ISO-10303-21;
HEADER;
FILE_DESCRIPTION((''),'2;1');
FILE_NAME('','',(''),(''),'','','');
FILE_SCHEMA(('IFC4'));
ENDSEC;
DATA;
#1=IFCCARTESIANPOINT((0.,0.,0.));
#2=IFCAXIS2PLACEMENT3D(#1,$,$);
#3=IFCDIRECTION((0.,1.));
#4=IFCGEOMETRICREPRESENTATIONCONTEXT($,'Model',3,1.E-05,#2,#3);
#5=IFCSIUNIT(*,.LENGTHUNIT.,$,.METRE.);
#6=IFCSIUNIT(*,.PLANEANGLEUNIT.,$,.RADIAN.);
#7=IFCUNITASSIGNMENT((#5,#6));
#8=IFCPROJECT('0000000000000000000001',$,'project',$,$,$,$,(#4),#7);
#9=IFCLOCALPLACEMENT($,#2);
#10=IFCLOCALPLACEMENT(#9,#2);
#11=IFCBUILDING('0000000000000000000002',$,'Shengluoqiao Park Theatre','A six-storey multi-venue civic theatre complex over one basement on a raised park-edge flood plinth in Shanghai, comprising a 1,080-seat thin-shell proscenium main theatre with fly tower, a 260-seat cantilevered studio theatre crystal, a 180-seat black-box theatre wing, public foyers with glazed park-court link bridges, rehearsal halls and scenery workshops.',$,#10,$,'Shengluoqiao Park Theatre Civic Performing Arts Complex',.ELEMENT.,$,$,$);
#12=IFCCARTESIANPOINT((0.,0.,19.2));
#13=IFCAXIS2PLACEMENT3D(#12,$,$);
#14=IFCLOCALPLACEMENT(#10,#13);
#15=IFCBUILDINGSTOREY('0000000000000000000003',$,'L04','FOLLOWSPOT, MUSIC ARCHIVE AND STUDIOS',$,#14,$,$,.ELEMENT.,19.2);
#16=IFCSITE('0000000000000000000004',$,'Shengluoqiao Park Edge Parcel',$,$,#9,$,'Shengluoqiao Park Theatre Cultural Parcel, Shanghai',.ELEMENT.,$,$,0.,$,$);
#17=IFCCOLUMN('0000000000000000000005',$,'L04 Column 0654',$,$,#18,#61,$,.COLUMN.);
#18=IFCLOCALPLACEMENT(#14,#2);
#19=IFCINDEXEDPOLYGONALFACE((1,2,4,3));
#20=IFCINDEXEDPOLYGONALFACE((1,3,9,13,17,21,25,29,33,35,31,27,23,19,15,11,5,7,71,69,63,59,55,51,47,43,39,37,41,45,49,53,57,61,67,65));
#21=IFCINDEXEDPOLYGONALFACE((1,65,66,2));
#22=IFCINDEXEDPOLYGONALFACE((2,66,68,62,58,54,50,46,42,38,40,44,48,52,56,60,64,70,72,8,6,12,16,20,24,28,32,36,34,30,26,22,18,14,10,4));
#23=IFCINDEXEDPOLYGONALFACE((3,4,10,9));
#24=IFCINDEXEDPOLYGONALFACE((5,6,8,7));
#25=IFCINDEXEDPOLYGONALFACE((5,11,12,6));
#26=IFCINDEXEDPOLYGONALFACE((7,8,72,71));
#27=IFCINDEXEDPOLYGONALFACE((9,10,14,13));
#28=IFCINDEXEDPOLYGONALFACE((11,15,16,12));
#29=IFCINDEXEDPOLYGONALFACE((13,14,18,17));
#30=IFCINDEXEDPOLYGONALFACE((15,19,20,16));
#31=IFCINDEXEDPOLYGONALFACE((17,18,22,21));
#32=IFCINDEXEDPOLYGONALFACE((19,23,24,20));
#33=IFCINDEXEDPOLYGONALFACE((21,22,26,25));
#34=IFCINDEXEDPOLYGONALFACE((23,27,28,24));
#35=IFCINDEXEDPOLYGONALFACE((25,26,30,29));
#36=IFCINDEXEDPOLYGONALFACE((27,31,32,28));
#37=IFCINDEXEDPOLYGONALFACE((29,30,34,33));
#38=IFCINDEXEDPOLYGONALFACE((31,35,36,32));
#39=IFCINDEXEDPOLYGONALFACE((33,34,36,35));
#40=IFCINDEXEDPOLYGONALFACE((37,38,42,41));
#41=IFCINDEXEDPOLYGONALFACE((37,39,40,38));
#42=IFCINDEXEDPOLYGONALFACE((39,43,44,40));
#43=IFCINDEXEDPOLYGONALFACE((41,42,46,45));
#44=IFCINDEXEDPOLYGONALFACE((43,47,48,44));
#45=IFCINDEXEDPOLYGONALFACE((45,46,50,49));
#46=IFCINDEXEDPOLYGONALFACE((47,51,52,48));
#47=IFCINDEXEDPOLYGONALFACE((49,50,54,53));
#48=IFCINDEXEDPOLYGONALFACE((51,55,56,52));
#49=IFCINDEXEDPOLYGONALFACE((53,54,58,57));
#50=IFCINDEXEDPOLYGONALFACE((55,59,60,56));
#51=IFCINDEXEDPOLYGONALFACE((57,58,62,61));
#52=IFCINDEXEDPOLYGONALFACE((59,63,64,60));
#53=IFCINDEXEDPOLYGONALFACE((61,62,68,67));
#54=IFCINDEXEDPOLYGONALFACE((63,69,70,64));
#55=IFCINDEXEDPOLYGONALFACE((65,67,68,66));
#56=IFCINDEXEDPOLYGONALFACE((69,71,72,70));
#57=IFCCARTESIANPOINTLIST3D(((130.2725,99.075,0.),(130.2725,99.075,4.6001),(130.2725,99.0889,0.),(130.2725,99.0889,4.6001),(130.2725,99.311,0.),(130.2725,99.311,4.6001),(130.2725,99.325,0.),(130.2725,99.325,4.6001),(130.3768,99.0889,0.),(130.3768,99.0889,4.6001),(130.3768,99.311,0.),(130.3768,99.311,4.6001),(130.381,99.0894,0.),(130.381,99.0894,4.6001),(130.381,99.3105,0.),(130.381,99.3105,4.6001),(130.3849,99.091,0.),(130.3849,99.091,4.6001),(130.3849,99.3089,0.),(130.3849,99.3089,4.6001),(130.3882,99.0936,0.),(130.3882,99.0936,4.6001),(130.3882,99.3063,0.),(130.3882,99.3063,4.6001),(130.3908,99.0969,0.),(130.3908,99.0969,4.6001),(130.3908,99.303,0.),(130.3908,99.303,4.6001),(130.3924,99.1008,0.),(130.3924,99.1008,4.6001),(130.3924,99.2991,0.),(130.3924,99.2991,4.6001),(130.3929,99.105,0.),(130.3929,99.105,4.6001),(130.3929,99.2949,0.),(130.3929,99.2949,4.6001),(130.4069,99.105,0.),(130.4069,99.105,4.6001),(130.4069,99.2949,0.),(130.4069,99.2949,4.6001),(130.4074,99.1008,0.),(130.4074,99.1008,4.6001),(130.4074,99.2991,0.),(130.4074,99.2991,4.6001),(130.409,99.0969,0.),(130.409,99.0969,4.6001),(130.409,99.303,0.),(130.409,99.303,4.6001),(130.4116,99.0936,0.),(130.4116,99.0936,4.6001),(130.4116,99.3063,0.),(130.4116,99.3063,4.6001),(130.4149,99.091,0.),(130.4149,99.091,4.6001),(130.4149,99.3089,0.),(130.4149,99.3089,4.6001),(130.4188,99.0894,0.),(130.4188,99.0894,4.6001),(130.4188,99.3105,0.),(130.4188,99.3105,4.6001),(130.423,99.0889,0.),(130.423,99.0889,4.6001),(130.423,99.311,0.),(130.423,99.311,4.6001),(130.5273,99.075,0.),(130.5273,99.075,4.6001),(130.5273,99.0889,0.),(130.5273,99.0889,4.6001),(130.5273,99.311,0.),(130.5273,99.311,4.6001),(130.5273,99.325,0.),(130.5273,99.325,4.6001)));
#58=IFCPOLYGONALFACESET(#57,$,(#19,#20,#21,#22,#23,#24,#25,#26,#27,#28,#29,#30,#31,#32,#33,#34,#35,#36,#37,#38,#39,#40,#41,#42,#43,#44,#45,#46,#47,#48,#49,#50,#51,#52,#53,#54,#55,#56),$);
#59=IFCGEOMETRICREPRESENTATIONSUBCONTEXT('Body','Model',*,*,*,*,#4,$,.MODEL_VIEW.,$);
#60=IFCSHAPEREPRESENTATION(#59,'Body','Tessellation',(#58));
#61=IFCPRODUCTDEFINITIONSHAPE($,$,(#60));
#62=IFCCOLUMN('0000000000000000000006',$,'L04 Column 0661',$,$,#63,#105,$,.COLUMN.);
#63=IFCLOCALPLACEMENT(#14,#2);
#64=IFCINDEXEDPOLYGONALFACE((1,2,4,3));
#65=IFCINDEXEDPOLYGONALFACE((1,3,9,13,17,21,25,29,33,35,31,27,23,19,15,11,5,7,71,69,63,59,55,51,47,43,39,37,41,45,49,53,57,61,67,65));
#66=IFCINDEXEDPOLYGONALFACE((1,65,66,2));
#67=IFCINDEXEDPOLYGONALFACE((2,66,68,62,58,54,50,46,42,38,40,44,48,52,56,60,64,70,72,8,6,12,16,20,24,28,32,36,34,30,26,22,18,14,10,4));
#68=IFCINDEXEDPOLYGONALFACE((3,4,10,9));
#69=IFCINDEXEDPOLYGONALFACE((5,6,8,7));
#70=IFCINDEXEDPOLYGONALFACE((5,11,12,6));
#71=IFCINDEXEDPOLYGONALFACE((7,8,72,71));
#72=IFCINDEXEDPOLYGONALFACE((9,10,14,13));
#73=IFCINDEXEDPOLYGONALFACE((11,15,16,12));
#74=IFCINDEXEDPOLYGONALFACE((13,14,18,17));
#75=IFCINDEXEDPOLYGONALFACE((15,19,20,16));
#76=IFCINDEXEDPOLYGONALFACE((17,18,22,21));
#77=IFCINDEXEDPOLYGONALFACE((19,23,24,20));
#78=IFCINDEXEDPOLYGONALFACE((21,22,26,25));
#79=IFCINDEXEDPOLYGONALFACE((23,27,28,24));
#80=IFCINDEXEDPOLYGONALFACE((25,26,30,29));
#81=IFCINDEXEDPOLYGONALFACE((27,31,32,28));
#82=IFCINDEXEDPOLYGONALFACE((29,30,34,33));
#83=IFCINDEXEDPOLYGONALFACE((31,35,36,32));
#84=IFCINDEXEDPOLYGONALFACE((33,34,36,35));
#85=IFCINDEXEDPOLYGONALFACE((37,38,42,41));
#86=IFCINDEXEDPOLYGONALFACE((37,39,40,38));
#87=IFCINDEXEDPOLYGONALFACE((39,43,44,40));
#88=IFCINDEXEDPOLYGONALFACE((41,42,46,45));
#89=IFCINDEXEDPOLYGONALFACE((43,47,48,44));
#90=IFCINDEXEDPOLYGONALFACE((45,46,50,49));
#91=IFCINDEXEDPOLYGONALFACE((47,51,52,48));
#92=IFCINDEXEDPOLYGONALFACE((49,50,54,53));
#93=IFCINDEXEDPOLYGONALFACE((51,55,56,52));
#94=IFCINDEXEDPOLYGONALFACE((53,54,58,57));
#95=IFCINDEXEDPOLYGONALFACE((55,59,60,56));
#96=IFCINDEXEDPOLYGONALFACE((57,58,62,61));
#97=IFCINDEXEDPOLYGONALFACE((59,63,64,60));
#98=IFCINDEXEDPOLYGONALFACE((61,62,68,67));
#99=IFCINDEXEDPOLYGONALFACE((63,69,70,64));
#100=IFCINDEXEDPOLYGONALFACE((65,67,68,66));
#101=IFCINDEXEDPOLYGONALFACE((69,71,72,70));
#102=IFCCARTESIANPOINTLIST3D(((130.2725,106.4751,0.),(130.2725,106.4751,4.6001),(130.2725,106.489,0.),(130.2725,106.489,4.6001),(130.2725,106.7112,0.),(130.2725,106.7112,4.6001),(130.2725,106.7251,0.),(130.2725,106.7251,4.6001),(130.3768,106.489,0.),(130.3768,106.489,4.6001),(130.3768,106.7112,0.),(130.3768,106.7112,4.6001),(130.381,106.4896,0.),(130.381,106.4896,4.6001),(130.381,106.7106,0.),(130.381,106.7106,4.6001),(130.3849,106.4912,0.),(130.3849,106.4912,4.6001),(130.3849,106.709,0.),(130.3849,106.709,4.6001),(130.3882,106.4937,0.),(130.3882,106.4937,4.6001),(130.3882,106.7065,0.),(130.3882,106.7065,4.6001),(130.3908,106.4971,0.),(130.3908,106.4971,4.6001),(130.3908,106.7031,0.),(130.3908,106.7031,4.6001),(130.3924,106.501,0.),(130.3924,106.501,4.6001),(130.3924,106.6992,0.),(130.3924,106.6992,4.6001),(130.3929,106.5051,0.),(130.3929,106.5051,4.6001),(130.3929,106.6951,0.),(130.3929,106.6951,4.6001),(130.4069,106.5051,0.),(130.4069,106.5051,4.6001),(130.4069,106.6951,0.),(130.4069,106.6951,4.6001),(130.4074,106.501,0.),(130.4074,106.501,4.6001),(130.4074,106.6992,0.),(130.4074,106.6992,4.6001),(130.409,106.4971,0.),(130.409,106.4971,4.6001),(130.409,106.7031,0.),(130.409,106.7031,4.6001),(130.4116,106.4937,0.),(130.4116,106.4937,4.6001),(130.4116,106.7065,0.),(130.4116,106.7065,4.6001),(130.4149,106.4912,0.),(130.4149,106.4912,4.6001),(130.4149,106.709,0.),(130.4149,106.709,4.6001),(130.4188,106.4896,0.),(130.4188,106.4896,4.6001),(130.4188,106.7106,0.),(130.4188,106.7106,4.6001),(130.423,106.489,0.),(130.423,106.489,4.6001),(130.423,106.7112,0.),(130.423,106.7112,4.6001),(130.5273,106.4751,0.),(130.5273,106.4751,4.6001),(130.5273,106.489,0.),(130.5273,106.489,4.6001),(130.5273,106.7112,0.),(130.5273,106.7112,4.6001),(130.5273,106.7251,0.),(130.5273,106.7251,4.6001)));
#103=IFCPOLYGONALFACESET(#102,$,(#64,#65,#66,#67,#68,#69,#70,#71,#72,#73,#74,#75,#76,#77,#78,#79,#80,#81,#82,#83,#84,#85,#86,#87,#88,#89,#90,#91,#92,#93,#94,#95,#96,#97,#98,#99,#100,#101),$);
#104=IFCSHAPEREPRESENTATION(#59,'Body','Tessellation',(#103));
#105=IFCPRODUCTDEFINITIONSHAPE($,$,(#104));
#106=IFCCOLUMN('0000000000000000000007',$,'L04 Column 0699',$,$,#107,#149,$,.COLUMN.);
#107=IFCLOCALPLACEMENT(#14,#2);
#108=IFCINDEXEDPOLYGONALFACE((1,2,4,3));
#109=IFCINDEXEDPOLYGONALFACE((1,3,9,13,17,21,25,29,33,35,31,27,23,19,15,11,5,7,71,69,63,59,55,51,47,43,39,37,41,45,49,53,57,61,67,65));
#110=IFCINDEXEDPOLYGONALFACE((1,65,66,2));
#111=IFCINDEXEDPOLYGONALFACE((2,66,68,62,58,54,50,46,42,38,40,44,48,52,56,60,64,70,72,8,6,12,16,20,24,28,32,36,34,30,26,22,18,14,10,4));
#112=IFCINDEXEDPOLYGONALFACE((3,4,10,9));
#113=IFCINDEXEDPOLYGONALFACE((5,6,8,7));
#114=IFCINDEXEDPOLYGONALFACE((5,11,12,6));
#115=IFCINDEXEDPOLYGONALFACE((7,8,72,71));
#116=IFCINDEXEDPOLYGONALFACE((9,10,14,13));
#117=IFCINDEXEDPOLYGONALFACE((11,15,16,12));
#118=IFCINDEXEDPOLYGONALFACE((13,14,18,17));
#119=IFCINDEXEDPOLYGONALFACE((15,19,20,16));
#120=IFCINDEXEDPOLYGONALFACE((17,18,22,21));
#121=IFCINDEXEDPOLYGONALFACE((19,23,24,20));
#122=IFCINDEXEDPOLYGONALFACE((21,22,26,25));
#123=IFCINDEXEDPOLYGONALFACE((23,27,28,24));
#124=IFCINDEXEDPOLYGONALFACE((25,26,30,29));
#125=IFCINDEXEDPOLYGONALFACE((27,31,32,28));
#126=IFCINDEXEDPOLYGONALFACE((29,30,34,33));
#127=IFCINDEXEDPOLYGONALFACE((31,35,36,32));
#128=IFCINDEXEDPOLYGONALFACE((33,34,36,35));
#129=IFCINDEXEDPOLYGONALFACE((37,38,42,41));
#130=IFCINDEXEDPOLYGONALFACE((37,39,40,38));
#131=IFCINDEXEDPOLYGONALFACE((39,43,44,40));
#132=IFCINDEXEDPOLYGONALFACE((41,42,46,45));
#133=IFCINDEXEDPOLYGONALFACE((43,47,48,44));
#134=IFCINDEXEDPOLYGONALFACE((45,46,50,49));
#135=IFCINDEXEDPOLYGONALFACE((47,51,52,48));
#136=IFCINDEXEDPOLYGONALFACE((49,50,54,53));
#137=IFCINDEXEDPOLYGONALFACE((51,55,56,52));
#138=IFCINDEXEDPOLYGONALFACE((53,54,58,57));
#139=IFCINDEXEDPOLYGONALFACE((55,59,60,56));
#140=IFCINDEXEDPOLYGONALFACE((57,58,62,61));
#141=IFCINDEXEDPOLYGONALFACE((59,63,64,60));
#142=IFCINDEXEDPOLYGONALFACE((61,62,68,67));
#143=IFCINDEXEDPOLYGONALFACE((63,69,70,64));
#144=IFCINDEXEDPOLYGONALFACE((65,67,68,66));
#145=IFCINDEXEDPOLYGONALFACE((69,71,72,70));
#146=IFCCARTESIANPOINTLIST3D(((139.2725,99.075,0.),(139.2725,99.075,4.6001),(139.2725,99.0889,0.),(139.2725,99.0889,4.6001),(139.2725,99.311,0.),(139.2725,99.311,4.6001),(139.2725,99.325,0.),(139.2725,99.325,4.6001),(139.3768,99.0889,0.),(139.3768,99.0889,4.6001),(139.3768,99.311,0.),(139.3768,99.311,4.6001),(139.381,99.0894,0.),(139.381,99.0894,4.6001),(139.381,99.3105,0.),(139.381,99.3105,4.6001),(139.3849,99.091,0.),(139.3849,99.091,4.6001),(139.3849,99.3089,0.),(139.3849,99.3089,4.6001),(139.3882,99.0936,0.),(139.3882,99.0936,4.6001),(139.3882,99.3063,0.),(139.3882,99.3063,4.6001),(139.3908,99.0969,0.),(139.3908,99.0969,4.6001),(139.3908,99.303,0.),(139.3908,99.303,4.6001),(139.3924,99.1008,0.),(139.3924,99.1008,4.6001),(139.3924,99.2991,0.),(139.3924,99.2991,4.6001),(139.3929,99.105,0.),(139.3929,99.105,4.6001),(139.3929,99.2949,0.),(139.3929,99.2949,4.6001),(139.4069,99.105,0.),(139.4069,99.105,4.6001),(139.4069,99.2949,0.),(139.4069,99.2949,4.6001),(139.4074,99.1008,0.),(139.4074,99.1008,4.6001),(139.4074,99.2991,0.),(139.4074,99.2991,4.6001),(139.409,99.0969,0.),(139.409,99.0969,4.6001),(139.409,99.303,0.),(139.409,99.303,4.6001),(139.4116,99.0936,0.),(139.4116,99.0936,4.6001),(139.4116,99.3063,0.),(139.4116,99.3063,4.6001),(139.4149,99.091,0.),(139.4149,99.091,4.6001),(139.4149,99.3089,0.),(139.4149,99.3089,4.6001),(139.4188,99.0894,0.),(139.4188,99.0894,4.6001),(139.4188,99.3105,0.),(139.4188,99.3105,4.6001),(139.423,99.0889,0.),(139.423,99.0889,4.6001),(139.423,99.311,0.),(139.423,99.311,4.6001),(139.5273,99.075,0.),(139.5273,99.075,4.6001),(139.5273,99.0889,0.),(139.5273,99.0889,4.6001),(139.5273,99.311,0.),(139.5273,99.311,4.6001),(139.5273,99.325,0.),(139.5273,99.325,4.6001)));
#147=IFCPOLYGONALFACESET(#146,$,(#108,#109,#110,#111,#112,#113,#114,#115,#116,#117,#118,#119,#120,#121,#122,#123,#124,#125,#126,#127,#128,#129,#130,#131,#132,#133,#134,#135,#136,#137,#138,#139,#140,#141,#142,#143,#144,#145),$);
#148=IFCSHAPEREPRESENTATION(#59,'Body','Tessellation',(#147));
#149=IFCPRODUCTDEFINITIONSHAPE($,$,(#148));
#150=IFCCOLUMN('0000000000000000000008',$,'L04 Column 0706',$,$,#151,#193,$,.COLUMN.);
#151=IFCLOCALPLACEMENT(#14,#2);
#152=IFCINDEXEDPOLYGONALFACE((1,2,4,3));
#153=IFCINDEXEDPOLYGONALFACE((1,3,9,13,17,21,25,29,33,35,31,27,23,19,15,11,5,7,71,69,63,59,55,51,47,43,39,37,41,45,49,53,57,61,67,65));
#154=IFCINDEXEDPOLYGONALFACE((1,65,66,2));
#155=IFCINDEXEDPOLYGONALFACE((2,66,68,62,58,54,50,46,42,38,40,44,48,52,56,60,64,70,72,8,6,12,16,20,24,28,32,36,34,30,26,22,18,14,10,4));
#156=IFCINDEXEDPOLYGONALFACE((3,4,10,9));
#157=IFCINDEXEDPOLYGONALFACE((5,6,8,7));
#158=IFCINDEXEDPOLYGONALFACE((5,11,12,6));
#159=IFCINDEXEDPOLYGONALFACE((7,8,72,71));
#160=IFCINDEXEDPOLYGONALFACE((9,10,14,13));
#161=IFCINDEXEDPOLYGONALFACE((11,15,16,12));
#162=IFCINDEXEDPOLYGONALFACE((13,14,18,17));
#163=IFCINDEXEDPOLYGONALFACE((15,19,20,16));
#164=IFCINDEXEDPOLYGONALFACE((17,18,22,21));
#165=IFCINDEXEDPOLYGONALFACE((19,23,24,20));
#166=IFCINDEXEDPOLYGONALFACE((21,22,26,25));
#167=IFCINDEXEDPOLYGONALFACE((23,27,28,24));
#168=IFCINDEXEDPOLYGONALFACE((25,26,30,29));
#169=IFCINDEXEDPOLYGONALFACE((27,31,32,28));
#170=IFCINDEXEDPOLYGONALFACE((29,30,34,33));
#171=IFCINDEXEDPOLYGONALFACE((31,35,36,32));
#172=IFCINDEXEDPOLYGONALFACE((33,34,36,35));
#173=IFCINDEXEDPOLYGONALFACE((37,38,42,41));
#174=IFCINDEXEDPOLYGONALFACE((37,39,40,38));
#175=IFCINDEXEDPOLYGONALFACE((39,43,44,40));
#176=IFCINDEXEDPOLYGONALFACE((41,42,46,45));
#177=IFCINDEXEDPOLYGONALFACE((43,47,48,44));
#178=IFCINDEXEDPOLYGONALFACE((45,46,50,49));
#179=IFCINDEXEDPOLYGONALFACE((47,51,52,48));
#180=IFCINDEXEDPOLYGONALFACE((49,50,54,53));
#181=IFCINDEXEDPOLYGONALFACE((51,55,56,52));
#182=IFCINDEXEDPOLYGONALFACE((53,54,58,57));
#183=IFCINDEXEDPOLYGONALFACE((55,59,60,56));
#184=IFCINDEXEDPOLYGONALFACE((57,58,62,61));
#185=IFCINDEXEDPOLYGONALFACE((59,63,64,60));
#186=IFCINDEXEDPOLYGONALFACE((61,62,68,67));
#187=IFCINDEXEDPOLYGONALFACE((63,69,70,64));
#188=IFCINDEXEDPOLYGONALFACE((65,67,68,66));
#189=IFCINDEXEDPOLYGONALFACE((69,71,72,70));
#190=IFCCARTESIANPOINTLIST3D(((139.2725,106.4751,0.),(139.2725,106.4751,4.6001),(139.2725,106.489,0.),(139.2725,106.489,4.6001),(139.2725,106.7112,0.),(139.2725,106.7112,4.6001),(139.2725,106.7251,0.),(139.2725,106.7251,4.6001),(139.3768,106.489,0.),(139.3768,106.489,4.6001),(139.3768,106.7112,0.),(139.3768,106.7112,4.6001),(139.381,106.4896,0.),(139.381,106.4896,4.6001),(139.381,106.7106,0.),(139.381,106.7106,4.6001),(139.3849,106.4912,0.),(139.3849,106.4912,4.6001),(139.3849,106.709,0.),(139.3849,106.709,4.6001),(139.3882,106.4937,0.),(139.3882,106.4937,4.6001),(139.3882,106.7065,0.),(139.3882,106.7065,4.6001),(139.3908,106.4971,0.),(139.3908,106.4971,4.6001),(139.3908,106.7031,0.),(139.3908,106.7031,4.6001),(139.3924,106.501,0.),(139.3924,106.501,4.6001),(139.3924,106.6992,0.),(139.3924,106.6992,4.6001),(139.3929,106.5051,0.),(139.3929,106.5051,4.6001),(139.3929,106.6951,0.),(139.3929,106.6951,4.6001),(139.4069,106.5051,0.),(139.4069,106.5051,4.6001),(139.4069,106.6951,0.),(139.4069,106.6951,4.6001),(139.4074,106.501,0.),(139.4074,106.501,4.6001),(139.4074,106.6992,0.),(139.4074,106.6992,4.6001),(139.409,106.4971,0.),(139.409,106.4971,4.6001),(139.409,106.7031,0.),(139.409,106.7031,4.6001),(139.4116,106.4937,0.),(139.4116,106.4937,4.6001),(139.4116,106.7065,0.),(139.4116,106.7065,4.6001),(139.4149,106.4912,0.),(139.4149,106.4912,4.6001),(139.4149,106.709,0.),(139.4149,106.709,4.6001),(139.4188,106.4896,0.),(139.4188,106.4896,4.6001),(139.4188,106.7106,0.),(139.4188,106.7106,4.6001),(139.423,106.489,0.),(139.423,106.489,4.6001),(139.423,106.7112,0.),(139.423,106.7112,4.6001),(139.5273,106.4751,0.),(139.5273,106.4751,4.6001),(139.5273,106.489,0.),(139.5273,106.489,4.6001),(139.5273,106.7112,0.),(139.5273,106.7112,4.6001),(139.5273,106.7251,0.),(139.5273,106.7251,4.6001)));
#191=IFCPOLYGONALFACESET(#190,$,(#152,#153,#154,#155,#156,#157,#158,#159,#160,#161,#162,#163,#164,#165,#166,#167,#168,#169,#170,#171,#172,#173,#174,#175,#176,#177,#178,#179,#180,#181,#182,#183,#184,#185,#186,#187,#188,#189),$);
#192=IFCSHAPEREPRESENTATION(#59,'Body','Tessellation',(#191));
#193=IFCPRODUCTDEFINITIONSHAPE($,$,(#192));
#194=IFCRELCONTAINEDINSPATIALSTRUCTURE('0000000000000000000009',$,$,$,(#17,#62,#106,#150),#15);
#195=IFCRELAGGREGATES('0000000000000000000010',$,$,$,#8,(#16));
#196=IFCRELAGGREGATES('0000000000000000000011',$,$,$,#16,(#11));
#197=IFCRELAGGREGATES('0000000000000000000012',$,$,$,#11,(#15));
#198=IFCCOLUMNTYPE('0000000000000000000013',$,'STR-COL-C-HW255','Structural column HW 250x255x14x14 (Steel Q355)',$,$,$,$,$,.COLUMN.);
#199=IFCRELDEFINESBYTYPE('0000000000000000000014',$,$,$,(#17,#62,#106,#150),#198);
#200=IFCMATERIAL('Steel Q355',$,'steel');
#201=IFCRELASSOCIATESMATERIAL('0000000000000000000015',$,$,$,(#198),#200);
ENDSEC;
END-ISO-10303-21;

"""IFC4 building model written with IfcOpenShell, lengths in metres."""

from ifc_helpers import new_model, si_unit, direction, frame, origin, origin_2d, place, context, subcontext, project, spatial, i_section, extrude, material, material_profile, profile_set, type_object, element, save


model = new_model("IFC4")

# Units and contexts
model_context = context("Model", 3, precision=1e-05, world=origin(), true_north=direction((0.0, 1.0)))
body_context = subcontext(model_context, "Body", "Model", "MODEL_VIEW")
ifc_project = project(units=[si_unit("LENGTHUNIT", "METRE"), si_unit("PLANEANGLEUNIT", "RADIAN")], contexts=[model_context])

# Site, building, storey
site_placement = place(None, origin())
site = spatial("IfcSite", under=ifc_project, at=site_placement, Name="Shengluoqiao Park Edge Parcel", LongName="Shengluoqiao Park Theatre Cultural Parcel, Shanghai", CompositionType="ELEMENT", RefElevation=0.0)
building_placement = place(site_placement, origin())
building = spatial("IfcBuilding", under=site, at=building_placement, Name="Shengluoqiao Park Theatre", Description="A six-storey multi-venue civic theatre complex over one basement on a raised park-edge flood plinth in Shanghai, comprising a 1,080-seat thin-shell proscenium main theatre with fly tower, a 260-seat cantilevered studio theatre crystal, a 180-seat black-box theatre wing, public foyers with glazed park-court link bridges, rehearsal halls and scenery workshops.", LongName="Shengluoqiao Park Theatre Civic Performing Arts Complex", CompositionType="ELEMENT")
storey_placement = place(building_placement, frame((0.0, 0.0, 19.2)))
storey = spatial("IfcBuildingStorey", under=building, at=storey_placement, Name="L04", Description="FOLLOWSPOT, MUSIC ARCHIVE AND STUDIOS", CompositionType="ELEMENT", Elevation=19.2)

# Columns
ifc_material_1 = material(Name="Steel Q355", Category="steel")
ifc_material_profile_1 = material_profile(ifc_material_1, i_section(OverallWidth=0.2549, OverallDepth=0.25, WebThickness=0.0139, FlangeThickness=0.0139, FilletRadius=0.0161, at=origin_2d()), Name="HW 250x255x14x14")
ifc_profile_set_1 = profile_set([ifc_material_profile_1], Name="Steel Q355")
column_type = type_object("IfcColumnType", Name="STR-COL-C-HW255", Description="Structural column HW 250x255x14x14 (Steel Q355)", PredefinedType="COLUMN", material=ifc_profile_set_1)
for number, where, z_axis, x_axis, name in (
    (1, (130.3999, 99.2, 0.0), (0.0, 0.0, 1.0), (1.0, 0.0, 0.0), "L04 Column 0654"),
    (2, (130.3999, 106.6001, 0.0), (0.0, 0.0, 1.0), (1.0, 0.0, 0.0), "L04 Column 0661"),
    (3, (139.3999, 99.2, 0.0), (0.0, 0.0, 1.0), (1.0, 0.0, 0.0), "L04 Column 0699"),
    (4, (139.3999, 106.6001, 0.0), (0.0, 0.0, 1.0), (1.0, 0.0, 0.0), "L04 Column 0706"),
):
    element("IfcColumn", number, at=place(storey_placement, frame(where, z_axis=z_axis, x_axis=x_axis)), inside=storey, type_object=column_type, Name=name, PredefinedType="COLUMN", context=body_context, shape_type="SweptSolid", body=[
        extrude(i_section(OverallWidth=0.2549, OverallDepth=0.25, WebThickness=0.0139, FlangeThickness=0.0139, FilletRadius=0.0161, at=origin_2d()), origin(), (0.0, 0.0, 1.0), 4.6001),
    ])

save(model, "model.ifc")
